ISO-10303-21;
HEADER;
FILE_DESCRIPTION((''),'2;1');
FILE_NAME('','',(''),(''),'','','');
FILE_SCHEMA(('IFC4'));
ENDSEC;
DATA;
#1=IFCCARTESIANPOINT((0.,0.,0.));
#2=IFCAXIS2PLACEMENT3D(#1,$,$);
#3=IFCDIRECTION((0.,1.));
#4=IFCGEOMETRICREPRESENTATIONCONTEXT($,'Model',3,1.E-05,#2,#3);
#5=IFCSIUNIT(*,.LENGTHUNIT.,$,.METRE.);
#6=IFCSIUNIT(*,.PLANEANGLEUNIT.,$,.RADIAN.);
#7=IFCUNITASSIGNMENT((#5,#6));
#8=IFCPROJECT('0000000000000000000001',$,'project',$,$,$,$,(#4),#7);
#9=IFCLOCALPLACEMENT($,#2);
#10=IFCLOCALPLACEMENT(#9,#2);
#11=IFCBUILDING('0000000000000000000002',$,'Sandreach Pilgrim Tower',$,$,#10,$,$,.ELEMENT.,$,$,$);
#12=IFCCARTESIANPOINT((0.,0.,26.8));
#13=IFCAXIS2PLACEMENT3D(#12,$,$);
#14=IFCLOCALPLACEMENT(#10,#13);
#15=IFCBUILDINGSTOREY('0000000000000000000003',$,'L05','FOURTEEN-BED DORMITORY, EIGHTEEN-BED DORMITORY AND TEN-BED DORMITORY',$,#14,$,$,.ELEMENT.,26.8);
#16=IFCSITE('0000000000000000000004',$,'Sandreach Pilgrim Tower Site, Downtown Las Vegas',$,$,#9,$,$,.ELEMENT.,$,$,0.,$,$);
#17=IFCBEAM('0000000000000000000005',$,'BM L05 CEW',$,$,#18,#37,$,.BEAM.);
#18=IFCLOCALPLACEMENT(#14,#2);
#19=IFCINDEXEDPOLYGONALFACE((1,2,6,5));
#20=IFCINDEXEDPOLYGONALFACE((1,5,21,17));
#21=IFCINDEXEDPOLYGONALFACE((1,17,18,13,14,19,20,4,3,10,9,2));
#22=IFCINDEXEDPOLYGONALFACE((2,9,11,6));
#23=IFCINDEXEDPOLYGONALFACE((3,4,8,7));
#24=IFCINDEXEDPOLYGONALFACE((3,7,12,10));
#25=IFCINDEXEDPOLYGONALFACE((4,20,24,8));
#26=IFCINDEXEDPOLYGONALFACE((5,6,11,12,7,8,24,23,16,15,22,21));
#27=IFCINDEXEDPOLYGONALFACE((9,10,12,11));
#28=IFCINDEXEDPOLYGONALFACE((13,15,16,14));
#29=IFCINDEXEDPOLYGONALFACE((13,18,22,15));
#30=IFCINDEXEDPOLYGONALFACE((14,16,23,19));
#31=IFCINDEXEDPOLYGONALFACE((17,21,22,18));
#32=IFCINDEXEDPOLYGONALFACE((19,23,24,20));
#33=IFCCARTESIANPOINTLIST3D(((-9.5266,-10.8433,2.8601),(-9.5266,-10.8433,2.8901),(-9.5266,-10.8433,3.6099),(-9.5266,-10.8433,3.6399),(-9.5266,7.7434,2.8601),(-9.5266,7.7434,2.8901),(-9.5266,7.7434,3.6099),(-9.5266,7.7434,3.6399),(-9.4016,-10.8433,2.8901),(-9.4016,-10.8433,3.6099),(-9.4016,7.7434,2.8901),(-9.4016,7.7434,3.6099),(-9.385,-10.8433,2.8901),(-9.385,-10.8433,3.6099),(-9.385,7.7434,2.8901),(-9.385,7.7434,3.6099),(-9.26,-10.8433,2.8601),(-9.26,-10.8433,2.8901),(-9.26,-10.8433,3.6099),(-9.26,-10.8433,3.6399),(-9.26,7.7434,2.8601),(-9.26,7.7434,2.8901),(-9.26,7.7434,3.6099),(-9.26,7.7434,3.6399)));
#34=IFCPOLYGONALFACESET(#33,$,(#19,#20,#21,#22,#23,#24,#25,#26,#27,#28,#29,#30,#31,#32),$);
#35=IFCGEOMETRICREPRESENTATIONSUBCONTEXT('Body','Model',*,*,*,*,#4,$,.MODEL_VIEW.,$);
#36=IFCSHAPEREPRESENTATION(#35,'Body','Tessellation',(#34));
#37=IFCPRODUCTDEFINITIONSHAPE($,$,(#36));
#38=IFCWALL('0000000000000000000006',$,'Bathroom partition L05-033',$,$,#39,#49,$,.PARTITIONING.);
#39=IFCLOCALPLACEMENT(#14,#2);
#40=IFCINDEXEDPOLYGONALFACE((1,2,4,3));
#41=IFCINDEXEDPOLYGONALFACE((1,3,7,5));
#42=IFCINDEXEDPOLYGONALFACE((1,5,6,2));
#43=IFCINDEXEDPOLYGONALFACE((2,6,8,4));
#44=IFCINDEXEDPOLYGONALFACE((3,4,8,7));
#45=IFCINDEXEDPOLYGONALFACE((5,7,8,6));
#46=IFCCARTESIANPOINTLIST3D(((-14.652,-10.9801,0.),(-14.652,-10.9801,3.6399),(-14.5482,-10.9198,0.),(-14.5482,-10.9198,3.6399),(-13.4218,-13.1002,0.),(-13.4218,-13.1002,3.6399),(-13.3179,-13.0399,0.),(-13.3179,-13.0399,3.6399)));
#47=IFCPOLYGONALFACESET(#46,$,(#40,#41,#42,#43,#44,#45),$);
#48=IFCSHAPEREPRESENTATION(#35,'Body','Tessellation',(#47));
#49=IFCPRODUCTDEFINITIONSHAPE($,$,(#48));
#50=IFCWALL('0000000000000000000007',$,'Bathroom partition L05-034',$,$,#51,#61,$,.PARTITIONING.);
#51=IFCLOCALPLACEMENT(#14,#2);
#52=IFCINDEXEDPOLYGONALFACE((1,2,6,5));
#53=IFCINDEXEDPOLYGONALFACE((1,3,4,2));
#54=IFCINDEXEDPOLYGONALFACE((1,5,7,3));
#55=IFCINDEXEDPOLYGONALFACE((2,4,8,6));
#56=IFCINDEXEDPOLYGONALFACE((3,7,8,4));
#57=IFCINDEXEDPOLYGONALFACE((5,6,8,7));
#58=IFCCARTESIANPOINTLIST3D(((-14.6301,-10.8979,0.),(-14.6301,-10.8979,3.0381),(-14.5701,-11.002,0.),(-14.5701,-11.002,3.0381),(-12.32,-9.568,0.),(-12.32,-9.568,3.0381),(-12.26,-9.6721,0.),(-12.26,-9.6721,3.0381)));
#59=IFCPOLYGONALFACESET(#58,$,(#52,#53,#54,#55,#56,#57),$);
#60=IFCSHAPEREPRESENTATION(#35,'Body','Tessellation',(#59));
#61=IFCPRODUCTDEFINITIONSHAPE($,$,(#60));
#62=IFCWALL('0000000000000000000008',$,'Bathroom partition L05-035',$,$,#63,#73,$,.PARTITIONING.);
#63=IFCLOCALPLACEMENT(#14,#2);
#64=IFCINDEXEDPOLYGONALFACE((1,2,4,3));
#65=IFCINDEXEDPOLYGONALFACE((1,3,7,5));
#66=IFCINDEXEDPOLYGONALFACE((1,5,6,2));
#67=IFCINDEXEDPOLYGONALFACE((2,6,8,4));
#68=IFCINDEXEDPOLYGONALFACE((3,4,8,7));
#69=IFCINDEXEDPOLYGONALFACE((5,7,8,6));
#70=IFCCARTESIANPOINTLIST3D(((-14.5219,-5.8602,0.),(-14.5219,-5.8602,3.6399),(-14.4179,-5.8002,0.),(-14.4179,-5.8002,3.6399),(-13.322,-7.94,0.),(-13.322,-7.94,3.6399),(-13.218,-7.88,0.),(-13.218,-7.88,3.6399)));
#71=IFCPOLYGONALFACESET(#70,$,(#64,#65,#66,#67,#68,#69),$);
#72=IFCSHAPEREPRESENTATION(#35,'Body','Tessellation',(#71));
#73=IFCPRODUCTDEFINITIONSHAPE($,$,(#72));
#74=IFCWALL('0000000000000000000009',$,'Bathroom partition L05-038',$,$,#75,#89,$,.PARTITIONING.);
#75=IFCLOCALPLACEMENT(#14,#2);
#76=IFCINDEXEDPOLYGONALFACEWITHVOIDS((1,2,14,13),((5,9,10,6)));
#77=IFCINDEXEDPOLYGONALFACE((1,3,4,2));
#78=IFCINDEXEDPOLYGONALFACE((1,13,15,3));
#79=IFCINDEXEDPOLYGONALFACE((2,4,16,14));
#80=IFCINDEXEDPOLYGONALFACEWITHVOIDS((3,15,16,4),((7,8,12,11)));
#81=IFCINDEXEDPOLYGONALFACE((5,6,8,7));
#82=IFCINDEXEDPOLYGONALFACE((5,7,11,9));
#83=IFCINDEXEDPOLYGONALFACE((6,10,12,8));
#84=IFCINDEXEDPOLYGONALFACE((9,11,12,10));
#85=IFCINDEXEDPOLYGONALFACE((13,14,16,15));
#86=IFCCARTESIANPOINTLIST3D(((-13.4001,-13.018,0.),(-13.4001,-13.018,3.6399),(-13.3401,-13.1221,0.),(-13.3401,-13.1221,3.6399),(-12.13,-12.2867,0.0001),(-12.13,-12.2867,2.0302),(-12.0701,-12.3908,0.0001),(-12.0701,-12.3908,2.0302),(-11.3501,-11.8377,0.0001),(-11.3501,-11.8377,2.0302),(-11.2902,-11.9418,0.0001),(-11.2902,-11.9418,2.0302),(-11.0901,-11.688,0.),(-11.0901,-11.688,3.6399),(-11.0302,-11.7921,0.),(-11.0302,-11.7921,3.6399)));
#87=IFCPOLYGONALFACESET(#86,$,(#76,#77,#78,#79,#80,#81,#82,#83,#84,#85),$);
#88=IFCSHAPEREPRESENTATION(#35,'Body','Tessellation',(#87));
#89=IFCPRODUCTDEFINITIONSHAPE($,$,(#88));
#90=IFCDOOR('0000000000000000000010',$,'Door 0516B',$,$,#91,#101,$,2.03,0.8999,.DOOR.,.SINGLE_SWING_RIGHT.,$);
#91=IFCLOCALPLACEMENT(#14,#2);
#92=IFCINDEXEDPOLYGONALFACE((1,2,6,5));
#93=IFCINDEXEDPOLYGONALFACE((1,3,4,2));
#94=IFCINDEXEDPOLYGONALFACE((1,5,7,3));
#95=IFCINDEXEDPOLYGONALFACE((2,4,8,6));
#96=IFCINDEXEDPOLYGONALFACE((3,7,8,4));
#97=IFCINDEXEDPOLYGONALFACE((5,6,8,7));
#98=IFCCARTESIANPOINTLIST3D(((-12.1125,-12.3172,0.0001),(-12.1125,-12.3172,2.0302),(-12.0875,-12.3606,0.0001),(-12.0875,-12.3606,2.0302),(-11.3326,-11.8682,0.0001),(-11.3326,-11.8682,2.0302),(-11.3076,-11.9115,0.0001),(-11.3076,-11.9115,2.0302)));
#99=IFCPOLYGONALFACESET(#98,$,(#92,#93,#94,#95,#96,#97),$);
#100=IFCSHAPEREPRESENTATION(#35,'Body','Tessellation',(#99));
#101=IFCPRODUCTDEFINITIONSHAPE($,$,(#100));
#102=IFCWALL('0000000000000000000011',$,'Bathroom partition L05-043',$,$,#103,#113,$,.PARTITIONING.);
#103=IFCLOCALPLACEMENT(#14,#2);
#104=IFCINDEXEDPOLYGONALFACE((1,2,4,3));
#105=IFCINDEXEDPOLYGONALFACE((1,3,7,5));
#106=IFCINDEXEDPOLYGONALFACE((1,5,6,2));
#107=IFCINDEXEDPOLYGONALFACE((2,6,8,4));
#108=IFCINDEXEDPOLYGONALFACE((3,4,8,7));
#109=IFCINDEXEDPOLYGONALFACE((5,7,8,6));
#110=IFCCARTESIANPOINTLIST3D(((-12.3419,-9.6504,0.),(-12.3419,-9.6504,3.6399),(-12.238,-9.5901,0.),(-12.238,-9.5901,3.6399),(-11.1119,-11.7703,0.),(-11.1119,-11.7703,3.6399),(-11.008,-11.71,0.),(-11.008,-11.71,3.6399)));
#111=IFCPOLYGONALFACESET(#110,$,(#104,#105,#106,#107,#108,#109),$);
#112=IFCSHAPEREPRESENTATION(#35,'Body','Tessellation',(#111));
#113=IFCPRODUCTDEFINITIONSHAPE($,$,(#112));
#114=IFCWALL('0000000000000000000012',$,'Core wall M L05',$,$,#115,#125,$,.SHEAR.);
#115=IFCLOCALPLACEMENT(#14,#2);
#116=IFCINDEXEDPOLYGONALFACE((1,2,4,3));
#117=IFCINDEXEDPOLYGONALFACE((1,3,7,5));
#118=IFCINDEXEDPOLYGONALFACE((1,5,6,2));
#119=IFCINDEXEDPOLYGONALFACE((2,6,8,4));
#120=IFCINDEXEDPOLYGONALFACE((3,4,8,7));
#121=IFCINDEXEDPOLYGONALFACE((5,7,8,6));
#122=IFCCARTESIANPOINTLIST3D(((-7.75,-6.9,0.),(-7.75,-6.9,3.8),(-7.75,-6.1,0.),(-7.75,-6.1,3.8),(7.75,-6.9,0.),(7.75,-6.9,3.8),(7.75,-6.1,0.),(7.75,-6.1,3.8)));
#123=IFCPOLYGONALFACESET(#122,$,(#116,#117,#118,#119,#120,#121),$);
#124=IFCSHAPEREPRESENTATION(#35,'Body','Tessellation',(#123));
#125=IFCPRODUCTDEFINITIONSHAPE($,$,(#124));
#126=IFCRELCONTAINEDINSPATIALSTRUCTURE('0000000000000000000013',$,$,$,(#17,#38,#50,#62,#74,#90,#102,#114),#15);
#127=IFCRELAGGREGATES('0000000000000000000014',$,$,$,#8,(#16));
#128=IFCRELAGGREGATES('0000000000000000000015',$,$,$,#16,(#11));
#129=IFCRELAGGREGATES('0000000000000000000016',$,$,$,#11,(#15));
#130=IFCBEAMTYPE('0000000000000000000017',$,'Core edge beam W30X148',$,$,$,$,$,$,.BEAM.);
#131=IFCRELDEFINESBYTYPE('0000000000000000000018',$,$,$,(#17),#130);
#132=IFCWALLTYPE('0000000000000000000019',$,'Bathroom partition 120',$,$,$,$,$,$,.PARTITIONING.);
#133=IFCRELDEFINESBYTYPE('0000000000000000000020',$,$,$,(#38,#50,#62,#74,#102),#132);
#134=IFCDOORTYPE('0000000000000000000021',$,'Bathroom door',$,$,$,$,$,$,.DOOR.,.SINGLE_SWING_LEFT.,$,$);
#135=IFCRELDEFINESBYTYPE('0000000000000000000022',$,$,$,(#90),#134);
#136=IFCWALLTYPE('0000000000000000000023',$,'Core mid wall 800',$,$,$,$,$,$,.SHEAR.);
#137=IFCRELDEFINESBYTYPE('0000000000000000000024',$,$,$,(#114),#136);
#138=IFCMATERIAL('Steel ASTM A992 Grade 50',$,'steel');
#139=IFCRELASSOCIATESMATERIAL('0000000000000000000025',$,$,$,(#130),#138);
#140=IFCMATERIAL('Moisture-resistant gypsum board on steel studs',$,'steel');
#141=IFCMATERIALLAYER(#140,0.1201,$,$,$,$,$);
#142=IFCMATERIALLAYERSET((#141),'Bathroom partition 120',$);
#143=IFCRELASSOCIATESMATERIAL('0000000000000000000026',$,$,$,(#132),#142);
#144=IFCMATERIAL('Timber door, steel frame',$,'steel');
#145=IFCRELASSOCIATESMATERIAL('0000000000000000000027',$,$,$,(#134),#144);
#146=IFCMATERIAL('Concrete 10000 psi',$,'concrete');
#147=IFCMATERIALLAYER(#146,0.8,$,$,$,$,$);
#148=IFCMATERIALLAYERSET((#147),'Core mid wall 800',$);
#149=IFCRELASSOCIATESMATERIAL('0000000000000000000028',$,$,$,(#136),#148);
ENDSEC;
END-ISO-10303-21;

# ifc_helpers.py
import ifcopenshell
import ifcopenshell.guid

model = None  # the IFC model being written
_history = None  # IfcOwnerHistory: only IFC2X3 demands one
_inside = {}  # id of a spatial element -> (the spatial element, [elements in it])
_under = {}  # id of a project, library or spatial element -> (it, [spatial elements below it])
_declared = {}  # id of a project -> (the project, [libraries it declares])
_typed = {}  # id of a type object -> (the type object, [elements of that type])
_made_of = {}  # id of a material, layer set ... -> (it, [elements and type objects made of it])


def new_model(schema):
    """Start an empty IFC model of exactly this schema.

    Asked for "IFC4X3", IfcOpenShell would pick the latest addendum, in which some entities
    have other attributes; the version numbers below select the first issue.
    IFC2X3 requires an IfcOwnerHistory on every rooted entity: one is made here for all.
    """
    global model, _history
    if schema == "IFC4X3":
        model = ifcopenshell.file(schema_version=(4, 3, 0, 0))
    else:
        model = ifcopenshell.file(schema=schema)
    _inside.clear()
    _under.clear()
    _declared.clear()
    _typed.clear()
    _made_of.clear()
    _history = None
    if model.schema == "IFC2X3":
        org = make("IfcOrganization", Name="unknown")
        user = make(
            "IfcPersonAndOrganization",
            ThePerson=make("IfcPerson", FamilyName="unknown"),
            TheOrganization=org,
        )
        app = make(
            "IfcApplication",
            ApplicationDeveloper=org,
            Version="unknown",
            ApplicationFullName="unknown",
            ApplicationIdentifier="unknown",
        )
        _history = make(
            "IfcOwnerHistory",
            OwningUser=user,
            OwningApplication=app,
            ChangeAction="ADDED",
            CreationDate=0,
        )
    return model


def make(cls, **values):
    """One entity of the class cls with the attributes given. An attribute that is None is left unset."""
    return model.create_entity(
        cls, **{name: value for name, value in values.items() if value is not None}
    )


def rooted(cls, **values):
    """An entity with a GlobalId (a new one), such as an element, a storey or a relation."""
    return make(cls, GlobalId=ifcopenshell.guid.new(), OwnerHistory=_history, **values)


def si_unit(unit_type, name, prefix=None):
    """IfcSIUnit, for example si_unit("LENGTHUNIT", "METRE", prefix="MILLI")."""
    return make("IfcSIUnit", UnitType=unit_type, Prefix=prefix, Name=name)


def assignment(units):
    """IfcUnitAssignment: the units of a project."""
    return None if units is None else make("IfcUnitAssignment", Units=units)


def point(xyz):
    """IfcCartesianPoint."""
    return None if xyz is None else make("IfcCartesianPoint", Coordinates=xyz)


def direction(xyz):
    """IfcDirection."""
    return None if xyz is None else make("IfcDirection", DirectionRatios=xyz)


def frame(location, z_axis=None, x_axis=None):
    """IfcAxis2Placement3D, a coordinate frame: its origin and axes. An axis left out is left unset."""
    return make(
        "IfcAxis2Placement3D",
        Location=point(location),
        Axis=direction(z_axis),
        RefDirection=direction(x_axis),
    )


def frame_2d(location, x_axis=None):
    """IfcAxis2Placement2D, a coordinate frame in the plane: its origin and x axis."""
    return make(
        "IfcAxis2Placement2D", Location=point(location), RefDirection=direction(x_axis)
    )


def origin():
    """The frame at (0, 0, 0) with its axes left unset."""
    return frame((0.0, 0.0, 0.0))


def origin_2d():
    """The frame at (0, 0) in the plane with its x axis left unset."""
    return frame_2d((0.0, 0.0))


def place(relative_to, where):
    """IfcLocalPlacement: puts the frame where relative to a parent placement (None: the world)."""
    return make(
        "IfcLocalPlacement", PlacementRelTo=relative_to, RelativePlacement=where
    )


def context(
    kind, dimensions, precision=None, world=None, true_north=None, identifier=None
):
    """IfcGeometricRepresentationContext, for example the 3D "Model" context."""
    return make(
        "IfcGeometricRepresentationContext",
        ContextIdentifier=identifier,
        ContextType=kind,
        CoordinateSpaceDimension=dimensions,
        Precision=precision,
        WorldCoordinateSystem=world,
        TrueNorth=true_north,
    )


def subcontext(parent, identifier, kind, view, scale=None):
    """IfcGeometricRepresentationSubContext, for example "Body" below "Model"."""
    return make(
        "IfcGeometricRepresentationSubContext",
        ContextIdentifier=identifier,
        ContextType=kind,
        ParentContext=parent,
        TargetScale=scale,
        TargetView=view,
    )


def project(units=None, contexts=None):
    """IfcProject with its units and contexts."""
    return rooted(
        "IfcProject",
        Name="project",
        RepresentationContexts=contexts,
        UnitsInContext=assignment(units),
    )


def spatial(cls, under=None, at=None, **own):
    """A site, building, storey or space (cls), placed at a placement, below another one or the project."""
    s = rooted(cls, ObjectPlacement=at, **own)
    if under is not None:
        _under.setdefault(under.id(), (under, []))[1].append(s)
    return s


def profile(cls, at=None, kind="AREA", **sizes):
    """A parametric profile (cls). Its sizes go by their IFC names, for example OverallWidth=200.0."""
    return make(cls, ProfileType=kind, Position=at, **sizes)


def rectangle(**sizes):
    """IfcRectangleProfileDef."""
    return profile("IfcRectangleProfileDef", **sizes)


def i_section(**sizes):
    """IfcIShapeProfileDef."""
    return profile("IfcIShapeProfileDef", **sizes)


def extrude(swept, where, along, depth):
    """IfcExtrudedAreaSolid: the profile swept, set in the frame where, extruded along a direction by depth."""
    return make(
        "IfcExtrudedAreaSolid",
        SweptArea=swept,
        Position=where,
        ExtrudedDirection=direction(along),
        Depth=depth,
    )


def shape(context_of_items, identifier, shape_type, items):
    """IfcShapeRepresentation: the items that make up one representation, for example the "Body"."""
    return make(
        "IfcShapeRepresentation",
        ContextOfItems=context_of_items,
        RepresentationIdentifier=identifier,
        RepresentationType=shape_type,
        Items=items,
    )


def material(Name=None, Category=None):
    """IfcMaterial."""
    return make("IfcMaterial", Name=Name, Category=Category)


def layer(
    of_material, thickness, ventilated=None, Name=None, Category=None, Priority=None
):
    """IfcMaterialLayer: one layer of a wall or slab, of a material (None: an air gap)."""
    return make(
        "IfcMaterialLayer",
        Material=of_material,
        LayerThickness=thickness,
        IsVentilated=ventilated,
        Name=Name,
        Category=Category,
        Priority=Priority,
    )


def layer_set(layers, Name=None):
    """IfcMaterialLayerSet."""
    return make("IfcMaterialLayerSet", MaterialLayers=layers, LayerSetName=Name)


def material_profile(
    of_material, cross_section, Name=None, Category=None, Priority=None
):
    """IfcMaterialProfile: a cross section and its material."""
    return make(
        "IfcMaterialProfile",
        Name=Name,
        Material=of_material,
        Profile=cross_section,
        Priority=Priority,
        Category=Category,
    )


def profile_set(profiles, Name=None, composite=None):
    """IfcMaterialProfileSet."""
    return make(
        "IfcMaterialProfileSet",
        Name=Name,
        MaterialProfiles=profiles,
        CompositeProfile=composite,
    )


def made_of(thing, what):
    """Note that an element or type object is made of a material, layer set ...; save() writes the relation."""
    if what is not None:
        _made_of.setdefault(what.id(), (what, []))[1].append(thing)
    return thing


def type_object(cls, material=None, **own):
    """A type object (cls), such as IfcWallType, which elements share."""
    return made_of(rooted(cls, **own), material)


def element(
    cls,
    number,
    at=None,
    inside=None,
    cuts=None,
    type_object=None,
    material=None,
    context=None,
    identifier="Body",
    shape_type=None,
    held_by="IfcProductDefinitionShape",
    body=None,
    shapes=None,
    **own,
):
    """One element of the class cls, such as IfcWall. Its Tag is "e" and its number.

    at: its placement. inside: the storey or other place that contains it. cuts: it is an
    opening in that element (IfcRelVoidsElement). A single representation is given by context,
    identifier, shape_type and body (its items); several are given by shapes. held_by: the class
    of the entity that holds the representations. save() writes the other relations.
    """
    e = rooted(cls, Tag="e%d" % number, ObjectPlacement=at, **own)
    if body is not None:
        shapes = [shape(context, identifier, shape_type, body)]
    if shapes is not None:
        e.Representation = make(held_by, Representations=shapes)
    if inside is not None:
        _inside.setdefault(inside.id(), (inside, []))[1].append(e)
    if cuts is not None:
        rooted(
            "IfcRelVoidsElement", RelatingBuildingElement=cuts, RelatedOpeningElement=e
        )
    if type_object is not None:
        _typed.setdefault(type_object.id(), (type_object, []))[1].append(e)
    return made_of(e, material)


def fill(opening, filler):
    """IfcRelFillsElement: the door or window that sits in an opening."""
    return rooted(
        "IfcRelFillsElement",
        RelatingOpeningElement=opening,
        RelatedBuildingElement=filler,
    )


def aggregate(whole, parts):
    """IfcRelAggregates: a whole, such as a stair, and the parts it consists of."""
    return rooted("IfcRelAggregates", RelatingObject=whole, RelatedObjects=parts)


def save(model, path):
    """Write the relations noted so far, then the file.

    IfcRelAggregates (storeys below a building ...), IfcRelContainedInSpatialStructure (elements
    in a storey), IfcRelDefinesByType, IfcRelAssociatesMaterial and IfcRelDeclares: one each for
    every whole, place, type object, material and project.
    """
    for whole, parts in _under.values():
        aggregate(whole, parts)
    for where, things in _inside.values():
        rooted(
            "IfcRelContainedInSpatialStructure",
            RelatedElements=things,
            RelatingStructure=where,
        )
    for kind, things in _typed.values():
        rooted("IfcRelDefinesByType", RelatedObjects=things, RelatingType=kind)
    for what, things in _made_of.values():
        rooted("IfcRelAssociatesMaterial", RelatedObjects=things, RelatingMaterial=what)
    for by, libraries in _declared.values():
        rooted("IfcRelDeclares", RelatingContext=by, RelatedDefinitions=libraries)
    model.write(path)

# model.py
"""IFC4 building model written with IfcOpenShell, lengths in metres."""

from ifc_helpers import new_model, si_unit, direction, frame, frame_2d, origin, origin_2d, place, context, subcontext, project, spatial, rectangle, i_section, extrude, material, layer, layer_set, material_profile, profile_set, type_object, element, fill, save


model = new_model("IFC4")

# Units and contexts
model_context = context("Model", 3, precision=1e-05, world=origin(), true_north=direction((0.0, 1.0)))
body_context = subcontext(model_context, "Body", "Model", "MODEL_VIEW")
ifc_project = project(units=[si_unit("LENGTHUNIT", "METRE"), si_unit("PLANEANGLEUNIT", "RADIAN")], contexts=[model_context])

# Site, building, storey
site_placement = place(None, origin())
site = spatial("IfcSite", under=ifc_project, at=site_placement, Name="Sandreach Pilgrim Tower Site, Downtown Las Vegas", CompositionType="ELEMENT", RefElevation=0.0)
building_placement = place(site_placement, origin())
building = spatial("IfcBuilding", under=site, at=building_placement, Name="Sandreach Pilgrim Tower", CompositionType="ELEMENT")
storey_placement = place(building_placement, frame((0.0, 0.0, 26.8)))
storey = spatial("IfcBuildingStorey", under=building, at=storey_placement, Name="L05", Description="FOURTEEN-BED DORMITORY, EIGHTEEN-BED DORMITORY AND TEN-BED DORMITORY", CompositionType="ELEMENT", Elevation=26.8)

# Beam
ifc_material_1 = material(Name="Steel ASTM A992 Grade 50", Category="steel")
ifc_material_profile = material_profile(ifc_material_1, i_section(OverallWidth=0.2666, OverallDepth=0.7798, WebThickness=0.0166, FlangeThickness=0.03, at=origin_2d()), Name="W30X148")
ifc_profile_set = profile_set([ifc_material_profile], Name="Steel ASTM A992 Grade 50")
beam_type = type_object("IfcBeamType", Name="Core edge beam W30X148", PredefinedType="BEAM", material=ifc_profile_set)
beam_placement = place(storey_placement, frame((-9.3933, -10.8433, 3.25), z_axis=(0.0, 1.0, 0.0), x_axis=(-1.0, 0.0, 0.0)))
element("IfcBeam", 1, at=beam_placement, inside=storey, type_object=beam_type, Name="BM L05 CEW", PredefinedType="BEAM", context=body_context, shape_type="SweptSolid", body=[
    extrude(i_section(OverallWidth=0.2666, OverallDepth=0.7798, WebThickness=0.0166, FlangeThickness=0.03, at=origin_2d()), origin(), (0.0, 0.0, 1.0), 18.5867),
])

# Walls
ifc_material_2 = material(Name="Moisture-resistant gypsum board on steel studs", Category="steel")
ifc_layer_1 = layer(ifc_material_2, 0.1201)
ifc_layer_set_1 = layer_set([ifc_layer_1], Name="Bathroom partition 120")
wall_type_1 = type_object("IfcWallType", Name="Bathroom partition 120", PredefinedType="PARTITIONING", material=ifc_layer_set_1)
wall_1_placement = place(storey_placement, frame((-14.6001, -10.95, 0.0), z_axis=(0.0, 0.0, 1.0), x_axis=(0.501888, -0.864933, 0.0)))
element("IfcWall", 2, at=wall_1_placement, inside=storey, type_object=wall_type_1, Name="Bathroom partition L05-033", PredefinedType="PARTITIONING", context=body_context, shape_type="SweptSolid", body=[
    extrude(rectangle(XDim=2.4512, YDim=0.1201, at=frame_2d((1.2256, 0.0))), origin(), (0.0, 0.0, 1.0), 3.6399),
])
wall_2_placement = place(storey_placement, frame((-14.6001, -10.95, 0.0), z_axis=(0.0, 0.0, 1.0), x_axis=(0.866655, 0.498908, 0.0)))
element("IfcWall", 3, at=wall_2_placement, inside=storey, type_object=wall_type_1, Name="Bathroom partition L05-034", PredefinedType="PARTITIONING", context=body_context, shape_type="SweptSolid", body=[
    extrude(rectangle(XDim=2.6655, YDim=0.1201, at=frame_2d((1.3328, 0.0))), origin(), (0.0, 0.0, 1.0), 3.0381),
])
wall_3_placement = place(storey_placement, frame((-14.47, -5.8301, 0.0), z_axis=(0.0, 0.0, 1.0), x_axis=(0.499737, -0.866177, 0.0)))
element("IfcWall", 4, at=wall_3_placement, inside=storey, type_object=wall_type_1, Name="Bathroom partition L05-035", PredefinedType="PARTITIONING", context=body_context, shape_type="SweptSolid", body=[
    extrude(rectangle(XDim=2.4011, YDim=0.1201, at=frame_2d((1.2007, 0.0))), origin(), (0.0, 0.0, 1.0), 3.6399),
])

# Wall, opening, door
wall_4_placement = place(storey_placement, frame((-13.3701, -13.0701, 0.0), z_axis=(0.0, 0.0, 1.0), x_axis=(0.866615, 0.498977, 0.0)))
wall_4 = element("IfcWall", 5, at=wall_4_placement, inside=storey, type_object=wall_type_1, Name="Bathroom partition L05-038", PredefinedType="PARTITIONING", context=body_context, shape_type="SweptSolid", body=[
    extrude(rectangle(XDim=2.6655, YDim=0.1201, at=frame_2d((1.3328, 0.0))), origin(), (0.0, 0.0, 1.0), 3.6399),
])
opening_1_placement = place(wall_4_placement, frame((1.4656, 0.0, 0.0)))
opening_1 = element("IfcOpeningElement", 6, at=opening_1_placement, cuts=wall_4, PredefinedType="OPENING", context=body_context, shape_type="SweptSolid", body=[
    extrude(rectangle(XDim=0.8999, YDim=2.03, at=frame_2d((0.45, 1.0151))), frame((0.0, 0.0601, 0.0), z_axis=(0.0, -1.0, 0.0), x_axis=(1.0, 0.0, 0.0)), (0.0, 0.0, 1.0), 0.1201),
])
ifc_material_3 = material(Name="Timber door, steel frame", Category="steel")
door_type_1 = type_object("IfcDoorType", Name="Bathroom door", OperationType="SINGLE_SWING_LEFT", PredefinedType="DOOR", material=ifc_material_3)
door_1_placement = place(opening_1_placement, origin())
door_1 = element("IfcDoor", 7, at=door_1_placement, inside=storey, type_object=door_type_1, Name="Door 0516B", OperationType="SINGLE_SWING_RIGHT", OverallHeight=2.03, OverallWidth=0.8999, PredefinedType="DOOR", context=body_context, shape_type="SweptSolid", body=[
    extrude(rectangle(XDim=0.8999, YDim=2.03, at=frame_2d((0.45, 1.0151))), frame((0.0, 0.0249, 0.0), z_axis=(0.0, -1.0, 0.0), x_axis=(1.0, 0.0, 0.0)), (0.0, 0.0, 1.0), 0.05),
])
fill(opening_1, door_1)

# Walls
wall_5_placement = place(storey_placement, frame((-12.29, -9.6201, 0.0), z_axis=(0.0, 0.0, 1.0), x_axis=(0.501857, -0.864951, 0.0)))
element("IfcWall", 8, at=wall_5_placement, inside=storey, type_object=wall_type_1, Name="Bathroom partition L05-043", PredefinedType="PARTITIONING", context=body_context, shape_type="SweptSolid", body=[
    extrude(rectangle(XDim=2.4509, YDim=0.1201, at=frame_2d((1.2256, 0.0))), origin(), (0.0, 0.0, 1.0), 3.6399),
])
ifc_material_4 = material(Name="Concrete 10000 psi", Category="concrete")
ifc_layer_2 = layer(ifc_material_4, 0.8)
ifc_layer_set_2 = layer_set([ifc_layer_2], Name="Core mid wall 800")
wall_type_2 = type_object("IfcWallType", Name="Core mid wall 800", PredefinedType="SHEAR", material=ifc_layer_set_2)
wall_6_placement = place(storey_placement, frame((-7.75, -6.5, 0.0), z_axis=(0.0, 0.0, 1.0), x_axis=(1.0, 0.0, 0.0)))
element("IfcWall", 9, at=wall_6_placement, inside=storey, type_object=wall_type_2, Name="Core wall M L05", PredefinedType="SHEAR", context=body_context, shape_type="SweptSolid", body=[
    extrude(rectangle(XDim=15.5, YDim=0.8, at=frame_2d((7.75, 0.0))), origin(), (0.0, 0.0, 1.0), 3.8),
])

save(model, "model.ifc")
